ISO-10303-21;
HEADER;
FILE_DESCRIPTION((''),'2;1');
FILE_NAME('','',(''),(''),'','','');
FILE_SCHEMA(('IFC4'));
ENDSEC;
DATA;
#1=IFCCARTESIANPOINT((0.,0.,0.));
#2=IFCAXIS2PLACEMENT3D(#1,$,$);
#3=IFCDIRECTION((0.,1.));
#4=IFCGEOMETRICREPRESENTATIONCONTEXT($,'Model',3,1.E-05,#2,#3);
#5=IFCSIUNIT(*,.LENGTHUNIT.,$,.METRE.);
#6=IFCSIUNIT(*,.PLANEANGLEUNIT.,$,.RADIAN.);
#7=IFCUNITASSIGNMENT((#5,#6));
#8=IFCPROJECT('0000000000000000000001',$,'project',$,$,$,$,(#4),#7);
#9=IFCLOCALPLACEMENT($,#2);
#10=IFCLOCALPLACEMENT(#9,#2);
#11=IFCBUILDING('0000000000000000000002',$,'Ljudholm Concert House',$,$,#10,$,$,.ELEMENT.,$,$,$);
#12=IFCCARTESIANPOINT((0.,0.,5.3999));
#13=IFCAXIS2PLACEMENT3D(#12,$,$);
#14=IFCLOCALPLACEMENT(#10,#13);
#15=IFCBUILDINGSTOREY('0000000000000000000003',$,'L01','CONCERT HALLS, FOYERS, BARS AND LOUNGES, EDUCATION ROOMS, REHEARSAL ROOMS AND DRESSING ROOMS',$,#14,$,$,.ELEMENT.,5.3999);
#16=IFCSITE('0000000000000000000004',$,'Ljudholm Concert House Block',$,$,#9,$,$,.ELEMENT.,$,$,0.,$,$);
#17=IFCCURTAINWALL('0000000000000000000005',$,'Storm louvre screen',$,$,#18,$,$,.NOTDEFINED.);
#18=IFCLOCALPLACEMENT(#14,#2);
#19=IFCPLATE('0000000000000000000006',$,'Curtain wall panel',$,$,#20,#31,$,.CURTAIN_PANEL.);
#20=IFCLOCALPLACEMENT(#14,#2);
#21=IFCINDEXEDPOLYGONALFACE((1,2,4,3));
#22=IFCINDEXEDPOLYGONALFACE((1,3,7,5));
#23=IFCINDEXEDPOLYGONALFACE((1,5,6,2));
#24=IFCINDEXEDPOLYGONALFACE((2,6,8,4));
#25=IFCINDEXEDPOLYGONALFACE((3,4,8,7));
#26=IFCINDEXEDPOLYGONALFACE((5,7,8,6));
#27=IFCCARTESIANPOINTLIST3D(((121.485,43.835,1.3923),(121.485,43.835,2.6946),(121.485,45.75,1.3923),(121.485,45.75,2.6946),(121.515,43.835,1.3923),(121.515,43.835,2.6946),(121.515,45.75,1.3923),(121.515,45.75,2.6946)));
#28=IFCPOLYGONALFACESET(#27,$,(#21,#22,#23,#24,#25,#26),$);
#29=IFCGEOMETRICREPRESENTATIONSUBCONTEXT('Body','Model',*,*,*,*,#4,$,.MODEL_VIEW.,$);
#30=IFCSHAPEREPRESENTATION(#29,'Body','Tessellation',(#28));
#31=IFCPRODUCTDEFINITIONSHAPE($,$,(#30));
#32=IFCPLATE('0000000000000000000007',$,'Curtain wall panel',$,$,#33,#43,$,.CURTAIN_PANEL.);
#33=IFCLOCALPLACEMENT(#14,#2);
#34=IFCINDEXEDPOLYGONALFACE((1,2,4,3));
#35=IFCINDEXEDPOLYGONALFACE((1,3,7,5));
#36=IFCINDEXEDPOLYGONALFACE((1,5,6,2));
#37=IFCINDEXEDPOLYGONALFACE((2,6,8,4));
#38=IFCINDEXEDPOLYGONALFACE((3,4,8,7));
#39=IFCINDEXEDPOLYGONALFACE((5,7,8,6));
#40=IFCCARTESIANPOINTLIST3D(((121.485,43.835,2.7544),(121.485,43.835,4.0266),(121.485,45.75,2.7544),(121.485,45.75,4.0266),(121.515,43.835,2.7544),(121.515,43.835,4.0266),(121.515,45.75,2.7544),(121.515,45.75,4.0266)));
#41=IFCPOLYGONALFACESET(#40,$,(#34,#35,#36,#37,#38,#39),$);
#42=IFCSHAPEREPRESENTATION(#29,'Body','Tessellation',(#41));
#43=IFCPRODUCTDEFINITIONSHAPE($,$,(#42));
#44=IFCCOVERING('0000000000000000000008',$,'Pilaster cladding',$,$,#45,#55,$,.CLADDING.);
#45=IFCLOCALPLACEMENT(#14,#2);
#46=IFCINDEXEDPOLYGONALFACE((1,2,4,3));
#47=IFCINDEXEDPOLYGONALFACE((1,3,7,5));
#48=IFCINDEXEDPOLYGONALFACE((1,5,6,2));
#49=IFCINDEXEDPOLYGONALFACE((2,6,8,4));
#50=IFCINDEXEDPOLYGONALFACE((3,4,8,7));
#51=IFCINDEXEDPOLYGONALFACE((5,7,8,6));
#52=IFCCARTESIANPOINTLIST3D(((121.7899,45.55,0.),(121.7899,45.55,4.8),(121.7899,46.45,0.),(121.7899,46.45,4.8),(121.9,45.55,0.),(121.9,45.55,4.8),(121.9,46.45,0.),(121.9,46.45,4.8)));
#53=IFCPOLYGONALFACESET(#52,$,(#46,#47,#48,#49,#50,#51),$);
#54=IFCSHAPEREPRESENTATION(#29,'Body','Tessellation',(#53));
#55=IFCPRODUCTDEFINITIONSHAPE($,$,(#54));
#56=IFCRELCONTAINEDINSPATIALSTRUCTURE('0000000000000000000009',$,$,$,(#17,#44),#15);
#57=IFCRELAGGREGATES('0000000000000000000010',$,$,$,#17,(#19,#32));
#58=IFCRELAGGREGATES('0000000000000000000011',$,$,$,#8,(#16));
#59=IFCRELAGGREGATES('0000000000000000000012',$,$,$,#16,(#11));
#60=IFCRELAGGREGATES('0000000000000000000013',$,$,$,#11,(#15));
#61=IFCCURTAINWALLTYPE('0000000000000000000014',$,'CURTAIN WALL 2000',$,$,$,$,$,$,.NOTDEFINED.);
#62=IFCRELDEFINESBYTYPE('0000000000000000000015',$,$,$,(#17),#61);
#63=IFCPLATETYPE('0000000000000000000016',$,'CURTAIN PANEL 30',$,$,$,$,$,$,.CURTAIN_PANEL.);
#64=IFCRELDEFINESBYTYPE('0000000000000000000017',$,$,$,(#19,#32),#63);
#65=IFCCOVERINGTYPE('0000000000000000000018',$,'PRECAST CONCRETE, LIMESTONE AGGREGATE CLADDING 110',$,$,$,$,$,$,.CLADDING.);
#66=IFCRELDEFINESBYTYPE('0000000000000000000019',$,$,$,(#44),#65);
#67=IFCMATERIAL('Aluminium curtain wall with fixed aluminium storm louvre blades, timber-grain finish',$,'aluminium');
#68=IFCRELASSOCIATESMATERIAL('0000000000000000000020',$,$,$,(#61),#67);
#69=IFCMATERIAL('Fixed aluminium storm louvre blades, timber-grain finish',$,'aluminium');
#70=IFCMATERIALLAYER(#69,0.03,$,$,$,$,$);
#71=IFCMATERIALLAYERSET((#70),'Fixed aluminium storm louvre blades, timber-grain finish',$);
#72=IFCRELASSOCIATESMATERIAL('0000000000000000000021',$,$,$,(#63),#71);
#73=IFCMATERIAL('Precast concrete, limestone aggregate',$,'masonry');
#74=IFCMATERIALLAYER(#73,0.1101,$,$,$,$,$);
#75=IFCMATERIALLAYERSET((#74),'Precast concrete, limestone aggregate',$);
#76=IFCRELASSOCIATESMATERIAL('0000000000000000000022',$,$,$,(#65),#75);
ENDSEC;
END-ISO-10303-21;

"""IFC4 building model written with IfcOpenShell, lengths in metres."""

from ifc_helpers import new_model, si_unit, direction, frame, origin, origin_2d, place, context, subcontext, project, spatial, rectangle, extrude, material, layer, layer_set, type_object, element, aggregate, save


model = new_model("IFC4")

# Units and contexts
model_context = context("Model", 3, precision=1e-05, world=origin(), true_north=direction((0.0, 1.0)))
body_context = subcontext(model_context, "Body", "Model", "MODEL_VIEW")
ifc_project = project(units=[si_unit("LENGTHUNIT", "METRE"), si_unit("PLANEANGLEUNIT", "RADIAN")], contexts=[model_context])

# Site, building, storey
site_placement = place(None, origin())
site = spatial("IfcSite", under=ifc_project, at=site_placement, Name="Ljudholm Concert House Block", CompositionType="ELEMENT", RefElevation=0.0)
building_placement = place(site_placement, origin())
building = spatial("IfcBuilding", under=site, at=building_placement, Name="Ljudholm Concert House", CompositionType="ELEMENT")
storey_placement = place(building_placement, frame((0.0, 0.0, 5.3999)))
storey = spatial("IfcBuildingStorey", under=building, at=storey_placement, Name="L01", Description="CONCERT HALLS, FOYERS, BARS AND LOUNGES, EDUCATION ROOMS, REHEARSAL ROOMS AND DRESSING ROOMS", CompositionType="ELEMENT", Elevation=5.3999)

# Curtain wall
ifc_material_1 = material(Name="Aluminium curtain wall with fixed aluminium storm louvre blades, timber-grain finish", Category="aluminium")
curtain_wall_type = type_object("IfcCurtainWallType", Name="CURTAIN WALL 2000", PredefinedType="NOTDEFINED", material=ifc_material_1)
curtain_wall_1_placement = place(storey_placement, origin())
curtain_wall_1 = element("IfcCurtainWall", 1, at=curtain_wall_1_placement, inside=storey, type_object=curtain_wall_type, Name="Storm louvre screen", PredefinedType="NOTDEFINED")

# Plates
ifc_material_2 = material(Name="Fixed aluminium storm louvre blades, timber-grain finish", Category="aluminium")
ifc_layer_1 = layer(ifc_material_2, 0.03)
ifc_layer_set_1 = layer_set([ifc_layer_1], Name="Fixed aluminium storm louvre blades, timber-grain finish")
plate_type = type_object("IfcPlateType", Name="CURTAIN PANEL 30", PredefinedType="CURTAIN_PANEL", material=ifc_layer_set_1)
plate_1_placement = place(storey_placement, frame((121.5, 44.7925, 1.3923), z_axis=(0.0, 0.0, 1.0), x_axis=(0.0, 1.0, 0.0)))
plate_1 = element("IfcPlate", 2, at=plate_1_placement, type_object=plate_type, Name="Curtain wall panel", PredefinedType="CURTAIN_PANEL", context=body_context, shape_type="SweptSolid", body=[
    extrude(rectangle(XDim=1.915, YDim=0.03, at=origin_2d()), origin(), (0.0, 0.0, 1.0), 1.3022),
])
plate_2_placement = place(storey_placement, frame((121.5, 44.7925, 2.7544), z_axis=(0.0, 0.0, 1.0), x_axis=(0.0, 1.0, 0.0)))
plate_2 = element("IfcPlate", 3, at=plate_2_placement, type_object=plate_type, Name="Curtain wall panel", PredefinedType="CURTAIN_PANEL", context=body_context, shape_type="SweptSolid", body=[
    extrude(rectangle(XDim=1.915, YDim=0.03, at=origin_2d()), origin(), (0.0, 0.0, 1.0), 1.2722),
])
aggregate(curtain_wall_1, [plate_1, plate_2])

# Covering
ifc_material_3 = material(Name="Precast concrete, limestone aggregate", Category="masonry")
ifc_layer_2 = layer(ifc_material_3, 0.1101)
ifc_layer_set_2 = layer_set([ifc_layer_2], Name="Precast concrete, limestone aggregate")
covering_type = type_object("IfcCoveringType", Name="PRECAST CONCRETE, LIMESTONE AGGREGATE CLADDING 110", PredefinedType="CLADDING", material=ifc_layer_set_2)
covering_placement = place(storey_placement, frame((121.845, 46.0, 0.0), z_axis=(0.0, 0.0, 1.0), x_axis=(1.0, 0.0, 0.0)))
element("IfcCovering", 4, at=covering_placement, inside=storey, type_object=covering_type, Name="Pilaster cladding", PredefinedType="CLADDING", context=body_context, shape_type="SweptSolid", body=[
    extrude(rectangle(XDim=0.1101, YDim=0.8999, at=origin_2d()), origin(), (0.0, 0.0, 1.0), 4.8),
])

save(model, "model.ifc")
